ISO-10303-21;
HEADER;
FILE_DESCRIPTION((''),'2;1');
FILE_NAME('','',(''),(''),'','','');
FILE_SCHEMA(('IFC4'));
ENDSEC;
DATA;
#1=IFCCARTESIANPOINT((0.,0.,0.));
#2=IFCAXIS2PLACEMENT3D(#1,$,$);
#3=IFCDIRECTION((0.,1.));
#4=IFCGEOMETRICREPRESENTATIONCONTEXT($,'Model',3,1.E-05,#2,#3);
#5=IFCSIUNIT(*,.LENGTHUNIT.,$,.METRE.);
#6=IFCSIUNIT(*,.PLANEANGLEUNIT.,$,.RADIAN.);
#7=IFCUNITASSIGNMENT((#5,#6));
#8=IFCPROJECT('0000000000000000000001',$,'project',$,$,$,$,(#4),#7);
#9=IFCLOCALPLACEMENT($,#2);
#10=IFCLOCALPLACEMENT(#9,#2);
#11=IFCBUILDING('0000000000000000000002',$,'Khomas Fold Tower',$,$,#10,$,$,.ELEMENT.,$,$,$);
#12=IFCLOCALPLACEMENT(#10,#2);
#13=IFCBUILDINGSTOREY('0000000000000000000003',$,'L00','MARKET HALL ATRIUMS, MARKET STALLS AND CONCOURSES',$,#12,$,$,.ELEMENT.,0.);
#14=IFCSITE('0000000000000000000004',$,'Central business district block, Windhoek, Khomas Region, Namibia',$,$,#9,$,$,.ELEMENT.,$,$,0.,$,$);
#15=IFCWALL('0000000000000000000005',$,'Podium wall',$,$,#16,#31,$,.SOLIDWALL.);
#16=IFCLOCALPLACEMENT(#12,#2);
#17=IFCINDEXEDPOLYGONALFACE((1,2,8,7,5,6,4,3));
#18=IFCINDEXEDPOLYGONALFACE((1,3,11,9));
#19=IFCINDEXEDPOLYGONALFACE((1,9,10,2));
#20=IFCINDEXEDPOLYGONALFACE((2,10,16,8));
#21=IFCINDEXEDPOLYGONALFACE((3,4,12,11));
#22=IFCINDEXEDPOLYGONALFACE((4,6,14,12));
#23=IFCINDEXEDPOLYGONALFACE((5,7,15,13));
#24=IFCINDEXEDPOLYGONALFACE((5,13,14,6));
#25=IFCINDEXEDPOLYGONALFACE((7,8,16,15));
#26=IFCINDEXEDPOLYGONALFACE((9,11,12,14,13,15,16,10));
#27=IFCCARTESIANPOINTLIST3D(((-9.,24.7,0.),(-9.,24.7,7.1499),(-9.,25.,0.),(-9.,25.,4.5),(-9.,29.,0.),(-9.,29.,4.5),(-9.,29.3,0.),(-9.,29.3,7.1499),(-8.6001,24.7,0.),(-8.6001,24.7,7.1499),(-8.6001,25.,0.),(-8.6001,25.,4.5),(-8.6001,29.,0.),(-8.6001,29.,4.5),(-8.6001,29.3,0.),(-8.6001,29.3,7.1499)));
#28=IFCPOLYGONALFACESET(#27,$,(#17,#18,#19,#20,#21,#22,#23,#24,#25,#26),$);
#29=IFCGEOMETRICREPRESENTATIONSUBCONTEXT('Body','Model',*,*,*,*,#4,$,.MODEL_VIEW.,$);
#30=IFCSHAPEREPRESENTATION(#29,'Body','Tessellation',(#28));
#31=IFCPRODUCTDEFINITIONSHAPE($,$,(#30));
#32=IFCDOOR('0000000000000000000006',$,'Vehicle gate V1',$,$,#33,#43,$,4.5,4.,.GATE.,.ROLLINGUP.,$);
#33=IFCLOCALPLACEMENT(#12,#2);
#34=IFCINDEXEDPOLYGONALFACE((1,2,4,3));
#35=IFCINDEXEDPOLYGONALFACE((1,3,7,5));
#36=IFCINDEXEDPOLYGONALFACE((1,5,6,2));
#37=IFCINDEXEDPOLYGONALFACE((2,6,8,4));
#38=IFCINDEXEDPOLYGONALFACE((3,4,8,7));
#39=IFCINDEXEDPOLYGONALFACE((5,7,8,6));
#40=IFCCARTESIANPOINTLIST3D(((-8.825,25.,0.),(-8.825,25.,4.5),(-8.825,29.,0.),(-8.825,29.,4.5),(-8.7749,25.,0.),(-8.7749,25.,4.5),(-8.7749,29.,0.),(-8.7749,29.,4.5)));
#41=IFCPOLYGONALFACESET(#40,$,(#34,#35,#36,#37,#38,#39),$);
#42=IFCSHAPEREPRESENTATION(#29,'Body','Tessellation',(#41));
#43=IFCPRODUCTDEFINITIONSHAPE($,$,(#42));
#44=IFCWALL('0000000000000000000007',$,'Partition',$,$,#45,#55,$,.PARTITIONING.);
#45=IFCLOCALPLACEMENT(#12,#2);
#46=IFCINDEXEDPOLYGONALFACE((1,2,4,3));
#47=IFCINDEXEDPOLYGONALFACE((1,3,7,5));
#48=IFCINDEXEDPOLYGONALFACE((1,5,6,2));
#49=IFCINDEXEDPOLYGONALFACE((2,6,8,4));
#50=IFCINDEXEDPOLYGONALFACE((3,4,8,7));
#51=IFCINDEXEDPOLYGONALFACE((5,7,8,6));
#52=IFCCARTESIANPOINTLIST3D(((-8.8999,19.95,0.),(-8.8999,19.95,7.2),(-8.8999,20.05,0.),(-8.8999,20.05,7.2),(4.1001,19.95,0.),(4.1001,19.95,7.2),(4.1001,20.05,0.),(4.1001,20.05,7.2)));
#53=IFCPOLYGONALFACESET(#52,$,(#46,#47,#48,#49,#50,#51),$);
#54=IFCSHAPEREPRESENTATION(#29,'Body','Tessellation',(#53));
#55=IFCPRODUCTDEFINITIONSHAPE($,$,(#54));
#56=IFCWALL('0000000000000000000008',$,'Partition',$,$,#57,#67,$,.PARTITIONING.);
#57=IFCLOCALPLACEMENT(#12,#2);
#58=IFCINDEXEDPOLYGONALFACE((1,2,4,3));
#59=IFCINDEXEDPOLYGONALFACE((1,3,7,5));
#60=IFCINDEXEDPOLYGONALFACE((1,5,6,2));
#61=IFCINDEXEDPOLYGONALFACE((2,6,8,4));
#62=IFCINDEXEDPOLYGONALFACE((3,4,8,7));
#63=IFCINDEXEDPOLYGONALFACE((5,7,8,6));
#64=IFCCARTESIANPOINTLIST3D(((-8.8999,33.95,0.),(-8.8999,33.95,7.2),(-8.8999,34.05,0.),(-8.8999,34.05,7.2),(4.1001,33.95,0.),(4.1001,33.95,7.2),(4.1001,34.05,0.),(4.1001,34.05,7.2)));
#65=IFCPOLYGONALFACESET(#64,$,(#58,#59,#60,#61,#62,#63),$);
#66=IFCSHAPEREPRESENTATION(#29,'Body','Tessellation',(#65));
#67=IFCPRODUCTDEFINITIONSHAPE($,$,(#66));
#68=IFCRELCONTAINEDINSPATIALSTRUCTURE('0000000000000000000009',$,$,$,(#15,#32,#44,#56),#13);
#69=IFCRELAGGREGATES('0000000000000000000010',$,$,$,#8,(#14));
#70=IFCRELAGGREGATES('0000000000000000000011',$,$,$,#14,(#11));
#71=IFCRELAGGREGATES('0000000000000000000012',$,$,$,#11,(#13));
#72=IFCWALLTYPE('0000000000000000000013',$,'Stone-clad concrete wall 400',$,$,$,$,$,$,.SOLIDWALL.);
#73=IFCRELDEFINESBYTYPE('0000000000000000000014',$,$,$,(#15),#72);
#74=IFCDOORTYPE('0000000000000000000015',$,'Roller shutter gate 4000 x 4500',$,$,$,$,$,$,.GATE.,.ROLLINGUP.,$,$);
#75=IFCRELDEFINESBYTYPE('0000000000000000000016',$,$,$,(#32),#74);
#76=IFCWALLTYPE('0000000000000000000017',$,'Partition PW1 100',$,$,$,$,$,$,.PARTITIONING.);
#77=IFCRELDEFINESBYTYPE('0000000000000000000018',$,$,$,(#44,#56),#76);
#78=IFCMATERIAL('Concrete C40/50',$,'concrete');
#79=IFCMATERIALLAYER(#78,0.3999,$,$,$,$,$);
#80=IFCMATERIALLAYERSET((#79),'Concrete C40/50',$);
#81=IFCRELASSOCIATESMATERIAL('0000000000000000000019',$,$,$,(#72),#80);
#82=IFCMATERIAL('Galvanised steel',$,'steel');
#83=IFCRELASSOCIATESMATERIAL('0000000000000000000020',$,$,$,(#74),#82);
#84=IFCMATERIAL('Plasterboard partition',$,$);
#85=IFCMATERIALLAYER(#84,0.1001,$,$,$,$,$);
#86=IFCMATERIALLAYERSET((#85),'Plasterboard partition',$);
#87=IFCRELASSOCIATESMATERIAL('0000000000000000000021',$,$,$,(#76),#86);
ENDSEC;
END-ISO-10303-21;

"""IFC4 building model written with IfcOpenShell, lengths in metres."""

from ifc_helpers import new_model, si_unit, direction, frame, frame_2d, origin, place, context, subcontext, project, spatial, rectangle, extrude, source, transform, mapped, material, layer, layer_set, type_object, element, fill, save


model = new_model("IFC4")

# Units and contexts
model_context = context("Model", 3, precision=1e-05, world=origin(), true_north=direction((0.0, 1.0)))
body_context = subcontext(model_context, "Body", "Model", "MODEL_VIEW")
ifc_project = project(units=[si_unit("LENGTHUNIT", "METRE"), si_unit("PLANEANGLEUNIT", "RADIAN")], contexts=[model_context])

# Site, building, storey
site_placement = place(None, origin())
site = spatial("IfcSite", under=ifc_project, at=site_placement, Name="Central business district block, Windhoek, Khomas Region, Namibia", CompositionType="ELEMENT", RefElevation=0.0)
building_placement = place(site_placement, origin())
building = spatial("IfcBuilding", under=site, at=building_placement, Name="Khomas Fold Tower", CompositionType="ELEMENT")
storey_placement = place(building_placement, origin())
storey = spatial("IfcBuildingStorey", under=building, at=storey_placement, Name="L00", Description="MARKET HALL ATRIUMS, MARKET STALLS AND CONCOURSES", CompositionType="ELEMENT", Elevation=0.0)

# Wall, opening, door
ifc_material_1 = material(Name="Concrete C40/50", Category="concrete")
ifc_layer_1 = layer(ifc_material_1, 0.3999)
ifc_layer_set_1 = layer_set([ifc_layer_1], Name="Concrete C40/50")
wall_type_1 = type_object("IfcWallType", Name="Stone-clad concrete wall 400", PredefinedType="SOLIDWALL", material=ifc_layer_set_1)
shared_shape_1 = source(origin(), body_context, "Body", "SweptSolid", [
    extrude(rectangle(XDim=4.6001, YDim=0.3999, at=frame_2d((2.3, 0.0))), origin(), (0.0, 0.0, 1.0), 7.1499),
])
wall_placement = place(storey_placement, frame((-8.8, 29.3, 0.0), z_axis=(0.0, 0.0, 1.0), x_axis=(0.0, -1.0, 0.0)))
wall = element("IfcWall", 1, at=wall_placement, inside=storey, type_object=wall_type_1, Name="Podium wall", PredefinedType="SOLIDWALL", context=body_context, shape_type="MappedRepresentation", body=[
    mapped(shared_shape_1, transform((0.0, 0.0, 0.0))),
])
shared_shape_2 = source(origin(), body_context, "Body", "SweptSolid", [
    extrude(rectangle(XDim=4.0, YDim=4.5, at=frame_2d((2.0, 2.25))), frame((0.0, 0.21, 0.0), z_axis=(0.0, -1.0, 0.0), x_axis=(1.0, 0.0, 0.0)), (0.0, 0.0, 1.0), 0.4199),
])
opening_placement = place(wall_placement, frame((4.3, 0.0, 0.0), z_axis=(0.0, 0.0, 1.0), x_axis=(-1.0, 0.0, 0.0)))
opening = element("IfcOpeningElement", 2, at=opening_placement, cuts=wall, PredefinedType="OPENING", context=body_context, shape_type="MappedRepresentation", body=[
    mapped(shared_shape_2, transform((0.0, 0.0, 0.0))),
])
ifc_material_2 = material(Name="Galvanised steel", Category="steel")
door_type = type_object("IfcDoorType", Name="Roller shutter gate 4000 x 4500", OperationType="ROLLINGUP", PredefinedType="GATE", material=ifc_material_2)
shared_shape_3 = source(origin(), body_context, "Body", "SweptSolid", [
    extrude(rectangle(XDim=4.0, YDim=4.5, at=frame_2d((2.0, 2.25))), frame((0.0, 0.0249, 0.0), z_axis=(0.0, -1.0, 0.0), x_axis=(1.0, 0.0, 0.0)), (0.0, 0.0, 1.0), 0.05),
])
door_placement = place(opening_placement, origin())
door = element("IfcDoor", 3, at=door_placement, inside=storey, type_object=door_type, Name="Vehicle gate V1", OperationType="ROLLINGUP", OverallHeight=4.5, OverallWidth=4.0, PredefinedType="GATE", context=body_context, shape_type="MappedRepresentation", body=[
    mapped(shared_shape_3, transform((0.0, 0.0, 0.0))),
])
fill(opening, door)

# Walls
ifc_material_3 = material(Name="Plasterboard partition")
ifc_layer_2 = layer(ifc_material_3, 0.1001)
ifc_layer_set_2 = layer_set([ifc_layer_2], Name="Plasterboard partition")
wall_type_2 = type_object("IfcWallType", Name="Partition PW1 100", PredefinedType="PARTITIONING", material=ifc_layer_set_2)
shared_shape_4 = source(origin(), body_context, "Body", "SweptSolid", [
    extrude(rectangle(XDim=13.0, YDim=0.1001, at=frame_2d((6.5, 0.0))), origin(), (0.0, 0.0, 1.0), 7.2),
])
for number, where, z_axis, x_axis, name in (
    (4, (-8.8999, 20.0, 0.0), (0.0, 0.0, 1.0), (1.0, 0.0, 0.0), "Partition"),
    (5, (-8.8999, 34.0, 0.0), (0.0, 0.0, 1.0), (1.0, 0.0, 0.0), "Partition"),
):
    element("IfcWall", number, at=place(storey_placement, frame(where, z_axis=z_axis, x_axis=x_axis)), inside=storey, type_object=wall_type_2, Name=name, PredefinedType="PARTITIONING", context=body_context, shape_type="MappedRepresentation", body=[
        mapped(shared_shape_4, transform((0.0, 0.0, 0.0))),
    ])

save(model, "model.ifc")
